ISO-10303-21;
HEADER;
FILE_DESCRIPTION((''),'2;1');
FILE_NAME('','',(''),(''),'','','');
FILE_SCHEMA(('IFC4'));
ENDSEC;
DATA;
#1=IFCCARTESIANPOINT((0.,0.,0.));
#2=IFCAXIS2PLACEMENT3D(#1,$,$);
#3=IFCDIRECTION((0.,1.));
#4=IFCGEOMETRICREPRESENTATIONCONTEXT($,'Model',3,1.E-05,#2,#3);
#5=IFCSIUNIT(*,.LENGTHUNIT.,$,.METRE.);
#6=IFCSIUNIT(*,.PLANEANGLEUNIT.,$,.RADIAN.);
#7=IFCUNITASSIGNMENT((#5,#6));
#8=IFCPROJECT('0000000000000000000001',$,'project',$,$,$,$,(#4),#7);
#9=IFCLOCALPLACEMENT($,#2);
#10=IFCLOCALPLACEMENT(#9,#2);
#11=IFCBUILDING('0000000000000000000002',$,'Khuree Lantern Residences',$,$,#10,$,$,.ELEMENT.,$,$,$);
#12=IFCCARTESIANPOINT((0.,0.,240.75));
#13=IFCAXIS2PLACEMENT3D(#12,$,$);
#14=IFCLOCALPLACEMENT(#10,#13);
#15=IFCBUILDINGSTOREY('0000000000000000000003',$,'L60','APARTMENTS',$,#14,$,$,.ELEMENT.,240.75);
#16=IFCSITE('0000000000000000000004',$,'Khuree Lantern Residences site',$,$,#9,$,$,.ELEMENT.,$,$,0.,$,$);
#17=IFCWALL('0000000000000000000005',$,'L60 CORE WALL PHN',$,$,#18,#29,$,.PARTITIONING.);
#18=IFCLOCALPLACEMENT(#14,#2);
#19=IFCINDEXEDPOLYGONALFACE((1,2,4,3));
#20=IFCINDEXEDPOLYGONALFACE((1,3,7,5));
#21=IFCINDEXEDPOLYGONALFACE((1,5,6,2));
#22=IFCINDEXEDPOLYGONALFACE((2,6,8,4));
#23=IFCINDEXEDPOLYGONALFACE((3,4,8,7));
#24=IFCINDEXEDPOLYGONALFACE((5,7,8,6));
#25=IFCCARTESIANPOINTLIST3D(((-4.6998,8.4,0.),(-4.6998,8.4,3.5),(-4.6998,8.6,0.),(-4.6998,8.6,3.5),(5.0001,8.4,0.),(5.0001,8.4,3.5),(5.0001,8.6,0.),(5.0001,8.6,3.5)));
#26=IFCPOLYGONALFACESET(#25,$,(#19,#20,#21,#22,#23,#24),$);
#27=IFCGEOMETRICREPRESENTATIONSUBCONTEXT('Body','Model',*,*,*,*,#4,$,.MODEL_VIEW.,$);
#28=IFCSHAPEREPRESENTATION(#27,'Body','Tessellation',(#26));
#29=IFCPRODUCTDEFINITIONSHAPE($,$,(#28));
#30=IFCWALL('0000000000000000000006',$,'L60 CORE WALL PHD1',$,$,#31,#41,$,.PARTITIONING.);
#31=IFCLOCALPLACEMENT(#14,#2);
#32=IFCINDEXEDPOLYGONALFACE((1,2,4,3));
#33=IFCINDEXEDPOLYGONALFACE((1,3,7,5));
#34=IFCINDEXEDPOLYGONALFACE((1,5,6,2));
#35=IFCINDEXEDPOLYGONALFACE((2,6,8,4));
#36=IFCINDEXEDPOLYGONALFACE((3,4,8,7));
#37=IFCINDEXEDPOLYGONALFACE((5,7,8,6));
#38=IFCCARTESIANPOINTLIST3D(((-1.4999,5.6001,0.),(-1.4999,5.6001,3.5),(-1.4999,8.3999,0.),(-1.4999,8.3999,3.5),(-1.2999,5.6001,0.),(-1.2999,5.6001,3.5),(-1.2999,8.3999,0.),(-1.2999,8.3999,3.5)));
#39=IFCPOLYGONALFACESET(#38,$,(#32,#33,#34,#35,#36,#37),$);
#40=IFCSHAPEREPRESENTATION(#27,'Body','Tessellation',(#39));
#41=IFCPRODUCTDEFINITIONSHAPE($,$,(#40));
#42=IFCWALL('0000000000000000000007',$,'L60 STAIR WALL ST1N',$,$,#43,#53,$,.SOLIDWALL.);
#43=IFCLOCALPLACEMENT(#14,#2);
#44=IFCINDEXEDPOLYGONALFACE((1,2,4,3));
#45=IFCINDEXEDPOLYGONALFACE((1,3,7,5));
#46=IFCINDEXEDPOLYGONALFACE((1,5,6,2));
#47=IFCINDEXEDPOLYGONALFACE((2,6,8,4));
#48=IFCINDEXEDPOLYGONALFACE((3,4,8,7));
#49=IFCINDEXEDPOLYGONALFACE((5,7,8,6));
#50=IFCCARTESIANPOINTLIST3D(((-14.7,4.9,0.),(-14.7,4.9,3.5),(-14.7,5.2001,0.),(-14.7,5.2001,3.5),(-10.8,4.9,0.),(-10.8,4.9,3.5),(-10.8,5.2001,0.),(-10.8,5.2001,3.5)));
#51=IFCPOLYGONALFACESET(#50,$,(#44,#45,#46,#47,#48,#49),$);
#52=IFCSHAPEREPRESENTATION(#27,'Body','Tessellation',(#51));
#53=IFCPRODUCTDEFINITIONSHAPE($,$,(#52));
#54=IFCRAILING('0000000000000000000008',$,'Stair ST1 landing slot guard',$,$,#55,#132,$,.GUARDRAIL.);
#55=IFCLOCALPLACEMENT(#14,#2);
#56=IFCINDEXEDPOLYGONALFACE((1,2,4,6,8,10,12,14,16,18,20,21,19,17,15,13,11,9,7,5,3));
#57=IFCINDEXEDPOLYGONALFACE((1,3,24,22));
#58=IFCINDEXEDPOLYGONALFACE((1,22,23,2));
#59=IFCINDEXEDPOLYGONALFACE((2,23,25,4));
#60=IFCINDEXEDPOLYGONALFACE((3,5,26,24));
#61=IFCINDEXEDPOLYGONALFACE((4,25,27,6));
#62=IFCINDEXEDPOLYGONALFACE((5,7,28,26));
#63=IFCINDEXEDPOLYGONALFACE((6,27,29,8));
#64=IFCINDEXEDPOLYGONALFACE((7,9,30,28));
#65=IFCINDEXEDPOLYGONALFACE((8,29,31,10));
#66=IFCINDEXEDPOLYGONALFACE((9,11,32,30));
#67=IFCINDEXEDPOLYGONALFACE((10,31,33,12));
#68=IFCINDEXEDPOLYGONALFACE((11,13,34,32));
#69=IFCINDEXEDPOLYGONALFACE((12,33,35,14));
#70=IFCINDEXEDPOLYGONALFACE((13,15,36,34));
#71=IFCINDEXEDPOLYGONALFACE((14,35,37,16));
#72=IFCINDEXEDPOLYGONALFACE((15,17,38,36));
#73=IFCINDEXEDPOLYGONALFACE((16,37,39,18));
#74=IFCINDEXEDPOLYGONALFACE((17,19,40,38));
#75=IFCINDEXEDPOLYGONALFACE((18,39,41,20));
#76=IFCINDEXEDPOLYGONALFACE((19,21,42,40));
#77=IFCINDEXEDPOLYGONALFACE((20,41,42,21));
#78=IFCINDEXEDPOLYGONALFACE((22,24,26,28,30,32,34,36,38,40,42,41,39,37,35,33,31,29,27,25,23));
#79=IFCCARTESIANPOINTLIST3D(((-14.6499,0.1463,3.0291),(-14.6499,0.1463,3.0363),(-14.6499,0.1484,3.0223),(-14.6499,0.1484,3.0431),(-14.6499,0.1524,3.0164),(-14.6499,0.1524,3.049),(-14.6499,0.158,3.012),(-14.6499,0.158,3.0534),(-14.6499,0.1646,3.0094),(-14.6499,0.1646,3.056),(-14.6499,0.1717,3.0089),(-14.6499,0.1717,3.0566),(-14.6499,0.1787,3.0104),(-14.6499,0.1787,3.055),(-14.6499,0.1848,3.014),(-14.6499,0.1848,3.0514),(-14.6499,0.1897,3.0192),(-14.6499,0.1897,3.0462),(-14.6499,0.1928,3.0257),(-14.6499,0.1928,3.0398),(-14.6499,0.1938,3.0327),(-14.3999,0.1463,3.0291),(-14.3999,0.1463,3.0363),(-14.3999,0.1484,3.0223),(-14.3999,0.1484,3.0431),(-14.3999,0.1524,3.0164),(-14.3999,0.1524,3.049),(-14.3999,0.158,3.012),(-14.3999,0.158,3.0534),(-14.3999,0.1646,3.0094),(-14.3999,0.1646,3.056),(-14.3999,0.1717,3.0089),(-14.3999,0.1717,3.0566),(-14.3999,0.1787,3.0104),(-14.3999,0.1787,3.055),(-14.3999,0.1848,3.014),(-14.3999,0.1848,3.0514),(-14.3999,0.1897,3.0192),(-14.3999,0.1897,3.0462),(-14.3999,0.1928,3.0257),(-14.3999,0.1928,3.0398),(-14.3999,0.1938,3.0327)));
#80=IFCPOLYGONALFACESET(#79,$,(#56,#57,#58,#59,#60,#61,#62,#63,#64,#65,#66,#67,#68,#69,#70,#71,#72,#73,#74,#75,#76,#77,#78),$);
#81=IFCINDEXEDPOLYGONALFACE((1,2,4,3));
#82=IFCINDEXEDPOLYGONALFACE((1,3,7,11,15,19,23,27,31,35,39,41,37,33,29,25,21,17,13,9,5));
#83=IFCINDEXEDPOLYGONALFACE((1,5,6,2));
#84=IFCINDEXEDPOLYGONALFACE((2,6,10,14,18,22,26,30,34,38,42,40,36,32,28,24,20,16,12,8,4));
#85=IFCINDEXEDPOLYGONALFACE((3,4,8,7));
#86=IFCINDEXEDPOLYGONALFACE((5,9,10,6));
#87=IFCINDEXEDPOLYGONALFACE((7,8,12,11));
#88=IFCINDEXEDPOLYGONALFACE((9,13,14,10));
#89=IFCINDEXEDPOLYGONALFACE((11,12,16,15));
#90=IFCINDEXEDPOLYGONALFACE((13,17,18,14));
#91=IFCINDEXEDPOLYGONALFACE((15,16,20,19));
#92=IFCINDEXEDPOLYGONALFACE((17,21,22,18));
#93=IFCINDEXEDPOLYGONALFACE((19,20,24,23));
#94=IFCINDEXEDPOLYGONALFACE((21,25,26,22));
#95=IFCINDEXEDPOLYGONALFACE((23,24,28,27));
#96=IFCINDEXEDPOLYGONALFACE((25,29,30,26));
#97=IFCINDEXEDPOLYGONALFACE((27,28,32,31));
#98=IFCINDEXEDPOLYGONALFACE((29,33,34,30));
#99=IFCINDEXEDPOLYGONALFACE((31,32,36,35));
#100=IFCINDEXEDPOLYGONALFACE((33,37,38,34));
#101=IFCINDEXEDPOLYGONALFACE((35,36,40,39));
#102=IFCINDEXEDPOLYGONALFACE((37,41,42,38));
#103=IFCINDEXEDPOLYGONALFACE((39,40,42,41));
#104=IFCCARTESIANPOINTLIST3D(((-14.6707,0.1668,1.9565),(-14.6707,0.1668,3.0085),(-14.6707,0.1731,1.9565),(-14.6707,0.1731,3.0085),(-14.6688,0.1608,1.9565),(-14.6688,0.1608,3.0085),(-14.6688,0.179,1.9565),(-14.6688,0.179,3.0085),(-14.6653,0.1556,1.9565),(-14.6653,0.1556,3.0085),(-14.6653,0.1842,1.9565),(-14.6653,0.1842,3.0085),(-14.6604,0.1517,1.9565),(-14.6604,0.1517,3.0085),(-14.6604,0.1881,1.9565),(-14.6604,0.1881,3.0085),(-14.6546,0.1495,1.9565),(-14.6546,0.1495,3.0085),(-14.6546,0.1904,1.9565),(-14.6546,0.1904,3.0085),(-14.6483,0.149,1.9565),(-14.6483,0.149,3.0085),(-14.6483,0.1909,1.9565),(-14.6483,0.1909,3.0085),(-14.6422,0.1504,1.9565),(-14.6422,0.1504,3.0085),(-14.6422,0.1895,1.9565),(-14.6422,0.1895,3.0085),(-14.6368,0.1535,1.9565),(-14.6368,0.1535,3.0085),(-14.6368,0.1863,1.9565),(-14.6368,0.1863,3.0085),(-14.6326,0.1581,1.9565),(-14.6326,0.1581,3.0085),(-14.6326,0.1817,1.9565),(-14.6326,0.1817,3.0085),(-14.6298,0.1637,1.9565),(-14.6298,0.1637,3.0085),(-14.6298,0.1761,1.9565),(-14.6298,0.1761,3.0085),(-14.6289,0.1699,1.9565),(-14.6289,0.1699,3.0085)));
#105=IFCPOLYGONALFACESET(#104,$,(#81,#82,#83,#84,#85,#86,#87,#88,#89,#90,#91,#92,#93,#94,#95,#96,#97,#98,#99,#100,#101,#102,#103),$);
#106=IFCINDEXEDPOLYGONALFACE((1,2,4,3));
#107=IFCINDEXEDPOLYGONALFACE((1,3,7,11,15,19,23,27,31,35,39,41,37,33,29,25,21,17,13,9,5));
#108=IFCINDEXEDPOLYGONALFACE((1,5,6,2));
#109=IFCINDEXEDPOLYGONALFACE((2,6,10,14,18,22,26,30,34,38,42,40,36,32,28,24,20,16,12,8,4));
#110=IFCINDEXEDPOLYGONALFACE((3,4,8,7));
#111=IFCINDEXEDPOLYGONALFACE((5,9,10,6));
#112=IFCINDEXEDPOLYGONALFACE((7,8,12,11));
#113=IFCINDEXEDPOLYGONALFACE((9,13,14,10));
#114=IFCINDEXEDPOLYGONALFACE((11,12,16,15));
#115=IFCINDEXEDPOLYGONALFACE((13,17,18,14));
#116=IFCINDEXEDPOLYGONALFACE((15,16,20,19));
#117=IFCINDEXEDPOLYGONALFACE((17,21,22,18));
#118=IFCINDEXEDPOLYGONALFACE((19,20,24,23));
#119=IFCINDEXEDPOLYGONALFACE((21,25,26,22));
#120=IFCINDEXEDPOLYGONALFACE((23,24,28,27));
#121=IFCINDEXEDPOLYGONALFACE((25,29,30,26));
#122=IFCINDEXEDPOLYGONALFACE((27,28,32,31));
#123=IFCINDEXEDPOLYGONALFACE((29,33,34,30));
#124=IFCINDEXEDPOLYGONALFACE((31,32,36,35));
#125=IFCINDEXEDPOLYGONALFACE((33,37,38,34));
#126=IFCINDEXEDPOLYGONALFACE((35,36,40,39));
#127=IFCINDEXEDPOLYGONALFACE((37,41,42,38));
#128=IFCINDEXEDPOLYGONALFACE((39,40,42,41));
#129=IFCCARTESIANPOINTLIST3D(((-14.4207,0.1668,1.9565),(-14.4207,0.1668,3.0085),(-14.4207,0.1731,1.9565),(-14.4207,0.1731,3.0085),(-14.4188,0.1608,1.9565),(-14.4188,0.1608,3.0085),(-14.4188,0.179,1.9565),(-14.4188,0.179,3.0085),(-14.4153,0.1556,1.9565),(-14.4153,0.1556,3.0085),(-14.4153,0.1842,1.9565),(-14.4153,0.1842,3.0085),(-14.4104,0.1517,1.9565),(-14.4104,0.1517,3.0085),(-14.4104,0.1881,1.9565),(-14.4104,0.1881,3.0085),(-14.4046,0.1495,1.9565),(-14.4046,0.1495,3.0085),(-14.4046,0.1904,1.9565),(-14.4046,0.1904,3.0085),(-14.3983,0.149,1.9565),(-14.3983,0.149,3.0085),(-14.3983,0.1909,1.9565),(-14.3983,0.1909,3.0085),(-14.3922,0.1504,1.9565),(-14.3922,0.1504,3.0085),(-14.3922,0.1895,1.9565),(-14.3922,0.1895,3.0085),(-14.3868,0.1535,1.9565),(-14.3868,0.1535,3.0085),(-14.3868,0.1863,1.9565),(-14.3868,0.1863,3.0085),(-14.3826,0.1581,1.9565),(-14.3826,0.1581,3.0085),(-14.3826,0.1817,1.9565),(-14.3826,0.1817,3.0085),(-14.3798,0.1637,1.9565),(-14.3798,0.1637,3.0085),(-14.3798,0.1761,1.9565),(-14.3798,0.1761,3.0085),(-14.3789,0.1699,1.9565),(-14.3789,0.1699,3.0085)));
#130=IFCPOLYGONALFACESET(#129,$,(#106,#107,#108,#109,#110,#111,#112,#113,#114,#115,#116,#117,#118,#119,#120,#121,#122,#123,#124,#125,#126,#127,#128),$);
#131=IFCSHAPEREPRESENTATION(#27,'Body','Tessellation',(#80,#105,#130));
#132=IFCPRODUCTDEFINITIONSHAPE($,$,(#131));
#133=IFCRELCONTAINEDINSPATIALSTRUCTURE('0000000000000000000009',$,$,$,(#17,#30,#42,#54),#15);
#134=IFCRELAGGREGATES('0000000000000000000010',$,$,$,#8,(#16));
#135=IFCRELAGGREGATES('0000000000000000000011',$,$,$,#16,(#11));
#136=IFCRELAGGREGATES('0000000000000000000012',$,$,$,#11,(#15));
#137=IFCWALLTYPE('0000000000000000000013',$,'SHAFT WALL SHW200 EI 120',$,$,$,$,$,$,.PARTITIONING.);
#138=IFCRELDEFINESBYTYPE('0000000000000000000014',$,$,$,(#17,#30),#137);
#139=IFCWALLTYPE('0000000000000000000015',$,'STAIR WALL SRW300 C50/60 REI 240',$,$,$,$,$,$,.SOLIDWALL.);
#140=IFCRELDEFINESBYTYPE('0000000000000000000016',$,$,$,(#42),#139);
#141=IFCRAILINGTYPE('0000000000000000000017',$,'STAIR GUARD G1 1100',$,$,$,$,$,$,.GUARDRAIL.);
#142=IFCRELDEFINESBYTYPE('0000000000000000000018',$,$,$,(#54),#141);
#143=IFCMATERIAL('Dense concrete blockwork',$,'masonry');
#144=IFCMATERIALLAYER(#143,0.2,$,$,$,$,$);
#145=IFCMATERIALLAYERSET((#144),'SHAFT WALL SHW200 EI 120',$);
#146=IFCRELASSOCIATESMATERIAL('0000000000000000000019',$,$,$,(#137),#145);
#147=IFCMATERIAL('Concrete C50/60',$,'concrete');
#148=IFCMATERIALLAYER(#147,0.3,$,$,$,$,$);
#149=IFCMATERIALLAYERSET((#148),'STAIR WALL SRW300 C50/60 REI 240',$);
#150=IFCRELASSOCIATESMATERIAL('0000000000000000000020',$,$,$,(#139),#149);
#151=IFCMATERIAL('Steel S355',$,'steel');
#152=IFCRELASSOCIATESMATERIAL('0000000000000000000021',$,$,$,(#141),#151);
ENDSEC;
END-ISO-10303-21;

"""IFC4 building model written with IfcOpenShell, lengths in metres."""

from ifc_helpers import new_model, si_unit, direction, frame, frame_2d, origin, origin_2d, place, context, subcontext, project, spatial, rectangle, circle, extrude, material, layer, layer_set, type_object, element, save


model = new_model("IFC4")

# Units and contexts
model_context = context("Model", 3, precision=1e-05, world=origin(), true_north=direction((0.0, 1.0)))
body_context = subcontext(model_context, "Body", "Model", "MODEL_VIEW")
ifc_project = project(units=[si_unit("LENGTHUNIT", "METRE"), si_unit("PLANEANGLEUNIT", "RADIAN")], contexts=[model_context])

# Site, building, storey
site_placement = place(None, origin())
site = spatial("IfcSite", under=ifc_project, at=site_placement, Name="Khuree Lantern Residences site", CompositionType="ELEMENT", RefElevation=0.0)
building_placement = place(site_placement, origin())
building = spatial("IfcBuilding", under=site, at=building_placement, Name="Khuree Lantern Residences", CompositionType="ELEMENT")
storey_placement = place(building_placement, frame((0.0, 0.0, 240.75)))
storey = spatial("IfcBuildingStorey", under=building, at=storey_placement, Name="L60", Description="APARTMENTS", CompositionType="ELEMENT", Elevation=240.75)

# Shared definitions
ifc_material_1 = material(Name="Concrete C50/60", Category="concrete")

# Shared definitions
ifc_material_2 = material(Name="Dense concrete blockwork", Category="masonry")

# Walls
ifc_layer_1 = layer(ifc_material_2, 0.2)
ifc_layer_set_1 = layer_set([ifc_layer_1], Name="SHAFT WALL SHW200 EI 120")
wall_type_1 = type_object("IfcWallType", Name="SHAFT WALL SHW200 EI 120", PredefinedType="PARTITIONING", material=ifc_layer_set_1)
wall_1_placement = place(storey_placement, frame((-4.7, 8.5, 0.0), z_axis=(0.0, 0.0, 1.0), x_axis=(1.0, 0.0, 0.0)))
element("IfcWall", 1, at=wall_1_placement, inside=storey, type_object=wall_type_1, Name="L60 CORE WALL PHN", PredefinedType="PARTITIONING", context=body_context, shape_type="SweptSolid", body=[
    extrude(rectangle(XDim=9.7, YDim=0.2, at=frame_2d((4.8501, 0.0))), origin(), (0.0, 0.0, 1.0), 3.5),
])
wall_2_placement = place(storey_placement, frame((-1.3999, 5.6001, 0.0), z_axis=(0.0, 0.0, 1.0), x_axis=(0.0, 1.0, 0.0)))
element("IfcWall", 2, at=wall_2_placement, inside=storey, type_object=wall_type_1, Name="L60 CORE WALL PHD1", PredefinedType="PARTITIONING", context=body_context, shape_type="SweptSolid", body=[
    extrude(rectangle(XDim=2.7998, YDim=0.2, at=frame_2d((1.3999, 0.0))), origin(), (0.0, 0.0, 1.0), 3.5),
])
ifc_layer_2 = layer(ifc_material_1, 0.3)
ifc_layer_set_2 = layer_set([ifc_layer_2], Name="STAIR WALL SRW300 C50/60 REI 240")
wall_type_2 = type_object("IfcWallType", Name="STAIR WALL SRW300 C50/60 REI 240", PredefinedType="SOLIDWALL", material=ifc_layer_set_2)
wall_3_placement = place(storey_placement, frame((-14.7, 5.05, 0.0), z_axis=(0.0, 0.0, 1.0), x_axis=(1.0, 0.0, 0.0)))
element("IfcWall", 3, at=wall_3_placement, inside=storey, type_object=wall_type_2, Name="L60 STAIR WALL ST1N", PredefinedType="SOLIDWALL", context=body_context, shape_type="SweptSolid", body=[
    extrude(rectangle(XDim=3.8999, YDim=0.3, at=frame_2d((1.95, 0.0))), origin(), (0.0, 0.0, 1.0), 3.5),
])

# Railing
ifc_material_3 = material(Name="Steel S355", Category="steel")
railing_type = type_object("IfcRailingType", Name="STAIR GUARD G1 1100", PredefinedType="GUARDRAIL", material=ifc_material_3)
railing_placement = place(storey_placement, frame((-14.6499, 0.1699, 1.9565)))
element("IfcRailing", 4, at=railing_placement, inside=storey, type_object=railing_type, Name="Stair ST1 landing slot guard", PredefinedType="GUARDRAIL", context=body_context, shape_type="SweptSolid", body=[
    extrude(circle(Radius=0.0239, at=origin_2d()), frame((0.0, 0.0, 1.0762), z_axis=(1.0, 0.0, 0.0), x_axis=(0.0, 1.0, 0.0)), (0.0, 0.0, 1.0), 0.25),
    extrude(circle(Radius=0.021, at=origin_2d()), origin(), (0.0, 0.0, 1.0), 1.052),
    extrude(circle(Radius=0.021, at=origin_2d()), frame((0.25, 0.0, 0.0)), (0.0, 0.0, 1.0), 1.052),
])

save(model, "model.ifc")
